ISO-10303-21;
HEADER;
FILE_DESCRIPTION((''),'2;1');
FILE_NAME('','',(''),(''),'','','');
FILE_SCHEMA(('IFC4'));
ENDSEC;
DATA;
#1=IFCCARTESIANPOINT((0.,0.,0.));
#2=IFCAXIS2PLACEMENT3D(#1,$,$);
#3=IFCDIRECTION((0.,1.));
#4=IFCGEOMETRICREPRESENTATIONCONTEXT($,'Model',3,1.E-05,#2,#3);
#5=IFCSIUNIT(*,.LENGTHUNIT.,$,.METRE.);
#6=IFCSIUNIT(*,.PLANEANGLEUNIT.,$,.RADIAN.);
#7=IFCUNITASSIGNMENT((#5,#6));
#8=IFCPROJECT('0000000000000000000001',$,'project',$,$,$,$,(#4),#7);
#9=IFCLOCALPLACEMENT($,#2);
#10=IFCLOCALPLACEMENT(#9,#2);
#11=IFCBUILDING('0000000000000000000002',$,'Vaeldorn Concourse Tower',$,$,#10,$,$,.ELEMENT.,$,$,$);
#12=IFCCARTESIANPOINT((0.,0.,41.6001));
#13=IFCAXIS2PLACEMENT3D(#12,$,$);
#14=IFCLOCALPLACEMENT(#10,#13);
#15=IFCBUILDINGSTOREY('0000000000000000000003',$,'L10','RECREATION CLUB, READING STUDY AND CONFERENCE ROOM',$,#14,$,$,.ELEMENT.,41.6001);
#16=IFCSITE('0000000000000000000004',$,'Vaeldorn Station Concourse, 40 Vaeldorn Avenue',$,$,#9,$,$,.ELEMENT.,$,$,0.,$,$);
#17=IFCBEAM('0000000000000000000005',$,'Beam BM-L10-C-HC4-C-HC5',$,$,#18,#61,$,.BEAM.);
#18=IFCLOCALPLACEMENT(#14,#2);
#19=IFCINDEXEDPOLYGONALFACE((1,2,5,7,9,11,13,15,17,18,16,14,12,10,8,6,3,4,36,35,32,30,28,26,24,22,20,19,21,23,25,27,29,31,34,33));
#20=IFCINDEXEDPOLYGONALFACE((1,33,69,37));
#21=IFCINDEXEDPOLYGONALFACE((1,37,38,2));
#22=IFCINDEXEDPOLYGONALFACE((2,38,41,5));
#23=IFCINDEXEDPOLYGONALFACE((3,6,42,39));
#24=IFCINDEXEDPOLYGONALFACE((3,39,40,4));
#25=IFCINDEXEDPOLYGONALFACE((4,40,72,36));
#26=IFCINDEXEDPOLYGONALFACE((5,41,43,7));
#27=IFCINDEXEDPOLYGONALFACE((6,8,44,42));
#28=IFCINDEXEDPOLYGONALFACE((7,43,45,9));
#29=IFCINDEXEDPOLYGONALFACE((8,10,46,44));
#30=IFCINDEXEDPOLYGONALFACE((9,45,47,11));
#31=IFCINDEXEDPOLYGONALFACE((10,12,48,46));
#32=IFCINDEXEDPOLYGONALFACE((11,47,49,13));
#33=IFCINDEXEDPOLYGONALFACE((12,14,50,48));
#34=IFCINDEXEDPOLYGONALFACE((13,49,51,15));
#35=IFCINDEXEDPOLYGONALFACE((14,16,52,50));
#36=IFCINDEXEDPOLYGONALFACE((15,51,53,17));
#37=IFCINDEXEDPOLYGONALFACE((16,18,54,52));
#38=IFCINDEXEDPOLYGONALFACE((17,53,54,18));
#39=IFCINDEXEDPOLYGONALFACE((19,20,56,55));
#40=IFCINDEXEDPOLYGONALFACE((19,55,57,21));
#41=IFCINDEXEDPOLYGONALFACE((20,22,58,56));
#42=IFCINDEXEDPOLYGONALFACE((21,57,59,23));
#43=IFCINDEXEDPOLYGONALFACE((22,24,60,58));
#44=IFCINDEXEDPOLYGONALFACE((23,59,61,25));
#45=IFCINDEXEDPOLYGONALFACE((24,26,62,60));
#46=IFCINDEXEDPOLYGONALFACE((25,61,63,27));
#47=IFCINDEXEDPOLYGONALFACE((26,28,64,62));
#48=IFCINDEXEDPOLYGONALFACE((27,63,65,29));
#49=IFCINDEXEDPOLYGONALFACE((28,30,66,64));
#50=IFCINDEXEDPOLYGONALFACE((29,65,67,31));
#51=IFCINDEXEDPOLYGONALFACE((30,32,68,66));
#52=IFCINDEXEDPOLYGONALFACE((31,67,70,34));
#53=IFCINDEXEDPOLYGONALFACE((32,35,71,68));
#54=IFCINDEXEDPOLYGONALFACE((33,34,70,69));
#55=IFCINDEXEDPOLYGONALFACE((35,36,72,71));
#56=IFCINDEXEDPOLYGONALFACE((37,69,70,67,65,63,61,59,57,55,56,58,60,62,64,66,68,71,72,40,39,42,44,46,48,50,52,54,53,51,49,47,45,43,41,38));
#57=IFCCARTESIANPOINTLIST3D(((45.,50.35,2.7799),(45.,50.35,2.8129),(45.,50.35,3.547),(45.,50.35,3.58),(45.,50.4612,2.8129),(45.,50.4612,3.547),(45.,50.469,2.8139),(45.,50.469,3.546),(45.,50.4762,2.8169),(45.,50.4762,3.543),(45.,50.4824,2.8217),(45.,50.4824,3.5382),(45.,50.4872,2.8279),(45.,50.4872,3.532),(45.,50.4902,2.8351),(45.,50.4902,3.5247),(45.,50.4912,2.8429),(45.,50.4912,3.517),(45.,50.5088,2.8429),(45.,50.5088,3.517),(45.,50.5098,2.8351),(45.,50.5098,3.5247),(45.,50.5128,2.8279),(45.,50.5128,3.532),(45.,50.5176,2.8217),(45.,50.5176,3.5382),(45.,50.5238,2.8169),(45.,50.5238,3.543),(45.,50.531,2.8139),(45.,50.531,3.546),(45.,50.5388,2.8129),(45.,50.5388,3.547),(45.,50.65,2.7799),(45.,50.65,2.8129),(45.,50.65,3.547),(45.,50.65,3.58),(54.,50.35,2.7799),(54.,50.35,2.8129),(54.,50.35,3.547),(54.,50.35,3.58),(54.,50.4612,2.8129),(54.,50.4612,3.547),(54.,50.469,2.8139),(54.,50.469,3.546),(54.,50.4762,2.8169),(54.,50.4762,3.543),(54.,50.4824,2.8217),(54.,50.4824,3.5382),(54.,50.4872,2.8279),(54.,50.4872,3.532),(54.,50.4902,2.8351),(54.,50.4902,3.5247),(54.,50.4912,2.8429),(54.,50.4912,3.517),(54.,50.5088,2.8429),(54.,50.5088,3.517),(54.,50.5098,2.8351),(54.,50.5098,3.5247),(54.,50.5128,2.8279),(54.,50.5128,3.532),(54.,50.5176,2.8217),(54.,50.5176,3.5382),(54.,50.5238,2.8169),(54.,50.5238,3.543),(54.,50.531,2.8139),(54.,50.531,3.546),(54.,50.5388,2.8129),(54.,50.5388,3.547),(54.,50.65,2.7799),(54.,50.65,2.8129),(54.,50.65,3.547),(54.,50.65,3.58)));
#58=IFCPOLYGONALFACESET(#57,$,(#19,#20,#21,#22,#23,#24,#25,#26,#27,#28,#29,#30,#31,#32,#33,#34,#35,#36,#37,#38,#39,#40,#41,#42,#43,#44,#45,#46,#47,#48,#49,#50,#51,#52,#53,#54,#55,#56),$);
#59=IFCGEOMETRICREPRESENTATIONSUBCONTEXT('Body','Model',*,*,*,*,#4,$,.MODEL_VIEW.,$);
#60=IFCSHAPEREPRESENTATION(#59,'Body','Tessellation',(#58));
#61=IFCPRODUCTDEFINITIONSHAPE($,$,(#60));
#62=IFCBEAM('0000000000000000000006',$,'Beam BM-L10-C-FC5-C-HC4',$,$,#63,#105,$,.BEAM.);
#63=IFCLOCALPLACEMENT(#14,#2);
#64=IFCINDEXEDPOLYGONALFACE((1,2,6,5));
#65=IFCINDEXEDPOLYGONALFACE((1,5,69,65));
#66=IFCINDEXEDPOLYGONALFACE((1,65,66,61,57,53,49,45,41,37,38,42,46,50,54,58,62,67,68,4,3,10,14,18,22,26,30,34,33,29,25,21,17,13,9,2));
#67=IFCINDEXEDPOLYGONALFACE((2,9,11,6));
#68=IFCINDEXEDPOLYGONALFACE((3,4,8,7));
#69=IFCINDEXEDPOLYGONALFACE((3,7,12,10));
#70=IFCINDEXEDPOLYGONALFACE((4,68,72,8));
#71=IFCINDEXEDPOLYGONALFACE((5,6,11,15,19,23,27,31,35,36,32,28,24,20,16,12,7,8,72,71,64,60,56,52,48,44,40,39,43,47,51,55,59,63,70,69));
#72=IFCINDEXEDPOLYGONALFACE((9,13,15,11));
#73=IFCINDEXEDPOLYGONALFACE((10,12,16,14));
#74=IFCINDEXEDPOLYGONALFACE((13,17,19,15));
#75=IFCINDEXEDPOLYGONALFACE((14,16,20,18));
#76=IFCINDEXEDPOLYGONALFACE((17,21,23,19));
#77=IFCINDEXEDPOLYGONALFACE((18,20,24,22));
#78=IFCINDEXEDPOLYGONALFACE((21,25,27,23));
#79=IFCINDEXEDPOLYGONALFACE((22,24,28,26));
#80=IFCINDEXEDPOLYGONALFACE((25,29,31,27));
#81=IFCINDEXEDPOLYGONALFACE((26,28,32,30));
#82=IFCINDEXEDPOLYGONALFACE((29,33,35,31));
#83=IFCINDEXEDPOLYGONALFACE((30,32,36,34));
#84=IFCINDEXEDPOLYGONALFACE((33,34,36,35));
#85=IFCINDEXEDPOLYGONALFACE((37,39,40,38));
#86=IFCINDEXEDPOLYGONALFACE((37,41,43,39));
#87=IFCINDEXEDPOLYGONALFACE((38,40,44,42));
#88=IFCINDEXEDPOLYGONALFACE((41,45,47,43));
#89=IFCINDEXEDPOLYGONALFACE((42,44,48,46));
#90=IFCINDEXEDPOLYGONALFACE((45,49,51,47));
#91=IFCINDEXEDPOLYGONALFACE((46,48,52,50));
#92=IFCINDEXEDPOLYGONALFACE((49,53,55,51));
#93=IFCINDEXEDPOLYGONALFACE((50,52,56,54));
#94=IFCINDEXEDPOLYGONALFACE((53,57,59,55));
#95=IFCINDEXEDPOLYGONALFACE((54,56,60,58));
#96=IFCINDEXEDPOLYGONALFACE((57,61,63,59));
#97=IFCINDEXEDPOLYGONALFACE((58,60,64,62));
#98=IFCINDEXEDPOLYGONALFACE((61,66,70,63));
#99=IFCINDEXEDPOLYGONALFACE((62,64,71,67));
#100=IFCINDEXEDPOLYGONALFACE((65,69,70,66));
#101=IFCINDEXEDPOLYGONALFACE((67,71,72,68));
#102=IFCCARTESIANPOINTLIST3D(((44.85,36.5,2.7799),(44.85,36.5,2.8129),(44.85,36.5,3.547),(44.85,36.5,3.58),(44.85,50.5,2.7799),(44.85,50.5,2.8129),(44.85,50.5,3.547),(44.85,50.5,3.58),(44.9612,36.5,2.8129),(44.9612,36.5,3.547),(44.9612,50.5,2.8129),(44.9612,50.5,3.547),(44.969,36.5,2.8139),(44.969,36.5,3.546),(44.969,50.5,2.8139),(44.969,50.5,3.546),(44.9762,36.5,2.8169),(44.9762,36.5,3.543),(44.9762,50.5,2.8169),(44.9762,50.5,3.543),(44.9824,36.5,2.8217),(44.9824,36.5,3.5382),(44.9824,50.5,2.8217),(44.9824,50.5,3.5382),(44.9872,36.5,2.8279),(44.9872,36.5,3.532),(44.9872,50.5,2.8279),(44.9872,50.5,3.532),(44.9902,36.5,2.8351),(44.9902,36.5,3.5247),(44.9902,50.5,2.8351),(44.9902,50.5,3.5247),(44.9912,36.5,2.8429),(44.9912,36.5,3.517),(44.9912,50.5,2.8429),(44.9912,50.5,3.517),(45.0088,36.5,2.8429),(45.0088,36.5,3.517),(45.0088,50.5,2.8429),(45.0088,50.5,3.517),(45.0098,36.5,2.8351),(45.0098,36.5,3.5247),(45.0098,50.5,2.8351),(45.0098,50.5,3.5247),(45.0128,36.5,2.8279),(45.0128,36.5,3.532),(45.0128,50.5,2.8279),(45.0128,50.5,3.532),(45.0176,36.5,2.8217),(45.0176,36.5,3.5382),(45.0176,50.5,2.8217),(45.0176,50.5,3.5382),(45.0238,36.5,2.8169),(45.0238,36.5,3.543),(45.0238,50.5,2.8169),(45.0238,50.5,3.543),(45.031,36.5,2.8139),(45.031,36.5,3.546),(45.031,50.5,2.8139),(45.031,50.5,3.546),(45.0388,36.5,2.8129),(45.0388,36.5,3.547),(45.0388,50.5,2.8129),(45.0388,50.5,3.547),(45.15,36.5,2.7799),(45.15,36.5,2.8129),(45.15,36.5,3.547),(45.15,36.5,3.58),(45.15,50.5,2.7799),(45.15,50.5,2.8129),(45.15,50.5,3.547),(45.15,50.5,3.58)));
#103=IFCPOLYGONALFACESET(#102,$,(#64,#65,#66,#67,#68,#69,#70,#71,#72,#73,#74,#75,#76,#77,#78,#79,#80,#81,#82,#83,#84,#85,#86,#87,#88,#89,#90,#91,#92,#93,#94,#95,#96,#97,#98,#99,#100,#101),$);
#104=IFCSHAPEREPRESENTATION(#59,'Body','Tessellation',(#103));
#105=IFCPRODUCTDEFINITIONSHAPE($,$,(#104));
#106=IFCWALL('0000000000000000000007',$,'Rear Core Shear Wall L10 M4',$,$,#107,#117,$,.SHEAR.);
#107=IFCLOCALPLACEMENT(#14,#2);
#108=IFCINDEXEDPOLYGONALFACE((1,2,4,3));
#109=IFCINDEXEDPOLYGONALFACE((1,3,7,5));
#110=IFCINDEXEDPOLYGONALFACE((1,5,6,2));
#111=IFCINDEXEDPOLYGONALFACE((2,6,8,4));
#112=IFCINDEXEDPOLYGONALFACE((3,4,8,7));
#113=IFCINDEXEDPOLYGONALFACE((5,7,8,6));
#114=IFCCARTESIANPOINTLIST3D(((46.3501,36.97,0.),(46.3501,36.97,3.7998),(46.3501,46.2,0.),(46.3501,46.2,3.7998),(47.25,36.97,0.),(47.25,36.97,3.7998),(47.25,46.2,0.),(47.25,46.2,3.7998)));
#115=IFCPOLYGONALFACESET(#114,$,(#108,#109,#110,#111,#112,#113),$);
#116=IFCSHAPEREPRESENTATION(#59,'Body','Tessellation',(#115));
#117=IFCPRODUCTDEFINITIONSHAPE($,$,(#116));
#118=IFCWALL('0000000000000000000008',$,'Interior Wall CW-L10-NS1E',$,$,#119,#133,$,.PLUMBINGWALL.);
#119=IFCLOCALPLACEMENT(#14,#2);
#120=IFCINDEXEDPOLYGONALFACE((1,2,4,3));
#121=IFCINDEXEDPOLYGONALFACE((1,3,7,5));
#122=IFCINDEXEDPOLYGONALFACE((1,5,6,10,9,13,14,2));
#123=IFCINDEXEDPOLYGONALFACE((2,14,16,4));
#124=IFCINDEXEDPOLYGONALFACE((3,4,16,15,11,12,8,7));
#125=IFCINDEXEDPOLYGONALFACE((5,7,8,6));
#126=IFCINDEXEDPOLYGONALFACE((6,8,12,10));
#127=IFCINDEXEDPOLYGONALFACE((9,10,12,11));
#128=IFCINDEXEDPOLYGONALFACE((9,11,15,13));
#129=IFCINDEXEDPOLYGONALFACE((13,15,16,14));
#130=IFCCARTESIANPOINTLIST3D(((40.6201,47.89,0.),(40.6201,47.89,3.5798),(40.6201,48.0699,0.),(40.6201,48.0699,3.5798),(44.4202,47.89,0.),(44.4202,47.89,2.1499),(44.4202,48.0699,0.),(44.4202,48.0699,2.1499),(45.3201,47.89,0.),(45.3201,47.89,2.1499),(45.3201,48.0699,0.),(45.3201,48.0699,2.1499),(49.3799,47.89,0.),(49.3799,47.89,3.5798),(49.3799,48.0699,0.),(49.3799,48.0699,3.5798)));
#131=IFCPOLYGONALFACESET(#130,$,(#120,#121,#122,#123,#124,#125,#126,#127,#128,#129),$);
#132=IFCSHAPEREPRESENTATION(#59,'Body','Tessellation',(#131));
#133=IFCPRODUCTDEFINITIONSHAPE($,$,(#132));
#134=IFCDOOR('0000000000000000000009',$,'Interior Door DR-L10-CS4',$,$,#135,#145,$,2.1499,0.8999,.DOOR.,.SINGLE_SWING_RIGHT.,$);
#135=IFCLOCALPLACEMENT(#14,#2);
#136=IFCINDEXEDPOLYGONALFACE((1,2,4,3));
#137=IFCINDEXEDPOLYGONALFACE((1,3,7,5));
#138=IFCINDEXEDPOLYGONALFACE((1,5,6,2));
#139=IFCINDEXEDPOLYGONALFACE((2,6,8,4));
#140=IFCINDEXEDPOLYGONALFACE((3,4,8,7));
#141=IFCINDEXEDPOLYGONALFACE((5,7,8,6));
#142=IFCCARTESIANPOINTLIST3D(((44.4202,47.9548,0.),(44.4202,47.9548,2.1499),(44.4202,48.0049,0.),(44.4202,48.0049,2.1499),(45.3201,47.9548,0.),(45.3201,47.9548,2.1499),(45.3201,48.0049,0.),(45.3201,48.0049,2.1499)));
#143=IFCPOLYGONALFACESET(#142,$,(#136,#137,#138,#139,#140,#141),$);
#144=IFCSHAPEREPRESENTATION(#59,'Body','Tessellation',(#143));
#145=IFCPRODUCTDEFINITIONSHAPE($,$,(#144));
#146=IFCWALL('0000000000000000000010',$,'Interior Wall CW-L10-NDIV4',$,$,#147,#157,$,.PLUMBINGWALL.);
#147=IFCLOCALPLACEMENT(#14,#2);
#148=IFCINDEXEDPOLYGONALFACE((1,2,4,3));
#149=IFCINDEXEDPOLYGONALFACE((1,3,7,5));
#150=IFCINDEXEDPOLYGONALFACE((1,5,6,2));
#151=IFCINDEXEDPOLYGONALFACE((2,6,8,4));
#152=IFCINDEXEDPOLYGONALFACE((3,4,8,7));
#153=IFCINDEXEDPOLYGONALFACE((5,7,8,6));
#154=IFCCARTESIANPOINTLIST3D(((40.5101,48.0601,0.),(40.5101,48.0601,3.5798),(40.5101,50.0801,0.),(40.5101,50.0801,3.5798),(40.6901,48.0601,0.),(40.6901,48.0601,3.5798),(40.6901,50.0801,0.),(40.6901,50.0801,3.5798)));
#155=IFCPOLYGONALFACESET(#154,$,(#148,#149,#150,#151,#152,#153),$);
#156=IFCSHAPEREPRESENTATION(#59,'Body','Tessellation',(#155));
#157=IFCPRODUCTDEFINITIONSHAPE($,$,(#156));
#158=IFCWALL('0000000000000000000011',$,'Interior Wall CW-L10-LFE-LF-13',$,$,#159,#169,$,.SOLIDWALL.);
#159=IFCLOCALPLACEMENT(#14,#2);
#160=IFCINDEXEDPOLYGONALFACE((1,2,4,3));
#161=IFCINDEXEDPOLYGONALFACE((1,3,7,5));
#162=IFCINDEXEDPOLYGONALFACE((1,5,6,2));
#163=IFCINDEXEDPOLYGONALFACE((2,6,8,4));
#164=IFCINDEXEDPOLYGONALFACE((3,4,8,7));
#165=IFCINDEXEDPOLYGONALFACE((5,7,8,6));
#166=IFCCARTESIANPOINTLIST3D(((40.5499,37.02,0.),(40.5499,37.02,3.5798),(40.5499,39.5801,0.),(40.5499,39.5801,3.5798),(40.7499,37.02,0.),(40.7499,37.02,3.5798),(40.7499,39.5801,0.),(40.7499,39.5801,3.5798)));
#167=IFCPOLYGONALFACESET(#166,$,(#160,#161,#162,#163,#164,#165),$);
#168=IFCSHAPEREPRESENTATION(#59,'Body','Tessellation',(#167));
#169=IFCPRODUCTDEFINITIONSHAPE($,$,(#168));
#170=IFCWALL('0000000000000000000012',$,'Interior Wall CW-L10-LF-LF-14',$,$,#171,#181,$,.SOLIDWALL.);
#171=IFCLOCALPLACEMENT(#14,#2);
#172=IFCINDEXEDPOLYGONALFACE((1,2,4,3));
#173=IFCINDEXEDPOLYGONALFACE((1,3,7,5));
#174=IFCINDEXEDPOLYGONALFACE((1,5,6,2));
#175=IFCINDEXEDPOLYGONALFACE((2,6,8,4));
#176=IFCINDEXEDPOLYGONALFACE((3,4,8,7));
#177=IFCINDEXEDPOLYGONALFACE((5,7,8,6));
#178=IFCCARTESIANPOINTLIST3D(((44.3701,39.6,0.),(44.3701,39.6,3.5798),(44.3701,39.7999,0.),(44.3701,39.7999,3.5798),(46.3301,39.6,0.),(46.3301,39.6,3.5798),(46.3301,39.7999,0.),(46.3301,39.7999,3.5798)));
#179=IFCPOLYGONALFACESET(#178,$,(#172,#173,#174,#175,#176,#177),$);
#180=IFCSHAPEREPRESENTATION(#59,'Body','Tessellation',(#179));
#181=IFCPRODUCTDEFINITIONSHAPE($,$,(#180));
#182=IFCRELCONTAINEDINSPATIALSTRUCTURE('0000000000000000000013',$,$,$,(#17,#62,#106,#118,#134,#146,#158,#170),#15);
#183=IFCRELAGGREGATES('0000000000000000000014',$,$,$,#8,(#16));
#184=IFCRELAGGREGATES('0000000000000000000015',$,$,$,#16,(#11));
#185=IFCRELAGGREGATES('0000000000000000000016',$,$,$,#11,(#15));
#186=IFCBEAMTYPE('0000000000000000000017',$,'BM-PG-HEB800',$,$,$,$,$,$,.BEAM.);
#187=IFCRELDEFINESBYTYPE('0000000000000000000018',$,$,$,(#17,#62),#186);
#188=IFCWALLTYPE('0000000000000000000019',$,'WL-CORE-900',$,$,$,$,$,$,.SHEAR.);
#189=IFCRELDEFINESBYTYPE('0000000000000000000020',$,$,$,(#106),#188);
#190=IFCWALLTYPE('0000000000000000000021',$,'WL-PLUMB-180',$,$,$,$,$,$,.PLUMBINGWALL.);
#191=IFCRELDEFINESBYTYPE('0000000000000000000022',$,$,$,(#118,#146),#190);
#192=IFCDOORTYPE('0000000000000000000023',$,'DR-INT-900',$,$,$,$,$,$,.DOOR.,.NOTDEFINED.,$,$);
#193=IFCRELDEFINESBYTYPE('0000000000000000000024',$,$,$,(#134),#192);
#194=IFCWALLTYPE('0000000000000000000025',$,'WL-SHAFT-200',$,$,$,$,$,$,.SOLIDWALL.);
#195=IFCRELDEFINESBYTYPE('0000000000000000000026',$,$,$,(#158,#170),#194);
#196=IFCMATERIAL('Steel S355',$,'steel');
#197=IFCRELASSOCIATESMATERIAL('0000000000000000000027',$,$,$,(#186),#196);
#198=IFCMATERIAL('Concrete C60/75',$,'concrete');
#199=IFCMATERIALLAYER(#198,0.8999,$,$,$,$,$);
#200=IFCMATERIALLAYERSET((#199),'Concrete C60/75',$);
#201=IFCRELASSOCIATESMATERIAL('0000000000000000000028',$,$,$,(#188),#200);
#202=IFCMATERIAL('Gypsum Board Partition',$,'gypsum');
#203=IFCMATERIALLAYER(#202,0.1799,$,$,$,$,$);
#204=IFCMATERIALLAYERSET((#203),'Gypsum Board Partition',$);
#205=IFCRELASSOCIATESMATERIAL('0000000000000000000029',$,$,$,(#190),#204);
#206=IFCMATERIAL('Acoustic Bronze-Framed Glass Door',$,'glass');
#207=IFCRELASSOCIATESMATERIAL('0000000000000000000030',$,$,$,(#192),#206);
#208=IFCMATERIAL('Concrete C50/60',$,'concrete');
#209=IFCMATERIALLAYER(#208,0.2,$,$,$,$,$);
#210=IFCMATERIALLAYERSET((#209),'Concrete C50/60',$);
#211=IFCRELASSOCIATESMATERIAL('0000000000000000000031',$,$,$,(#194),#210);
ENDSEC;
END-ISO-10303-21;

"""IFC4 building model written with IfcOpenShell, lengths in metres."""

from ifc_helpers import new_model, si_unit, direction, frame, frame_2d, origin, origin_2d, place, context, subcontext, project, spatial, rectangle, i_section, extrude, source, transform, mapped, material, layer, layer_set, material_profile, profile_set, type_object, element, fill, save


model = new_model("IFC4")

# Units and contexts
model_context = context("Model", 3, precision=1e-05, world=origin(), true_north=direction((0.0, 1.0)))
body_context = subcontext(model_context, "Body", "Model", "MODEL_VIEW")
ifc_project = project(units=[si_unit("LENGTHUNIT", "METRE"), si_unit("PLANEANGLEUNIT", "RADIAN")], contexts=[model_context])

# Site, building, storey
site_placement = place(None, origin())
site = spatial("IfcSite", under=ifc_project, at=site_placement, Name="Vaeldorn Station Concourse, 40 Vaeldorn Avenue", CompositionType="ELEMENT", RefElevation=0.0)
building_placement = place(site_placement, origin())
building = spatial("IfcBuilding", under=site, at=building_placement, Name="Vaeldorn Concourse Tower", CompositionType="ELEMENT")
storey_placement = place(building_placement, frame((0.0, 0.0, 41.6001)))
storey = spatial("IfcBuildingStorey", under=building, at=storey_placement, Name="L10", Description="RECREATION CLUB, READING STUDY AND CONFERENCE ROOM", CompositionType="ELEMENT", Elevation=41.6001)

# Beams
ifc_material_1 = material(Name="Concrete C60/75", Category="concrete")
ifc_material_2 = material(Name="Steel S355", Category="steel")
ifc_material_profile_1 = material_profile(ifc_material_2, i_section(OverallWidth=0.3, OverallDepth=0.8, WebThickness=0.0176, FlangeThickness=0.033, FilletRadius=0.03, at=origin_2d()), Name="HEB 800")
ifc_profile_set_1 = profile_set([ifc_material_profile_1], Name="Steel S355")
beam_type_1 = type_object("IfcBeamType", Name="BM-PG-HEB800", PredefinedType="BEAM", material=ifc_profile_set_1)
shared_shape_1 = source(origin(), body_context, "Body", "SweptSolid", [
    extrude(i_section(OverallWidth=0.3, OverallDepth=0.8, WebThickness=0.0176, FlangeThickness=0.033, FilletRadius=0.03, at=origin_2d()), origin(), (0.0, 0.0, 1.0), 9.0),
])
beam_1_placement = place(storey_placement, frame((45.0, 50.5, 3.1799), z_axis=(1.0, 0.0, 0.0), x_axis=(0.0, 1.0, 0.0)))
element("IfcBeam", 1, at=beam_1_placement, inside=storey, type_object=beam_type_1, Name="Beam BM-L10-C-HC4-C-HC5", PredefinedType="BEAM", context=body_context, shape_type="MappedRepresentation", body=[
    mapped(shared_shape_1, transform((0.0, 0.0, 0.0), scale=1.0)),
])
shared_shape_2 = source(origin(), body_context, "Body", "SweptSolid", [
    extrude(i_section(OverallWidth=0.3, OverallDepth=0.8, WebThickness=0.0176, FlangeThickness=0.033, FilletRadius=0.03, at=origin_2d()), origin(), (0.0, 0.0, 1.0), 14.0),
])
beam_2_placement = place(storey_placement, frame((45.0, 36.5, 3.1799), z_axis=(0.0, 1.0, 0.0), x_axis=(-1.0, 0.0, 0.0)))
element("IfcBeam", 2, at=beam_2_placement, inside=storey, type_object=beam_type_1, Name="Beam BM-L10-C-FC5-C-HC4", PredefinedType="BEAM", context=body_context, shape_type="MappedRepresentation", body=[
    mapped(shared_shape_2, transform((0.0, 0.0, 0.0), scale=1.0)),
])

# Wall
ifc_layer_1 = layer(ifc_material_1, 0.8999)
ifc_layer_set_1 = layer_set([ifc_layer_1], Name="Concrete C60/75")
wall_type_1 = type_object("IfcWallType", Name="WL-CORE-900", PredefinedType="SHEAR", material=ifc_layer_set_1)
wall_1_placement = place(storey_placement, frame((46.8, 36.97, 0.0), z_axis=(0.0, 0.0, 1.0), x_axis=(0.0, 1.0, 0.0)))
element("IfcWall", 3, at=wall_1_placement, inside=storey, type_object=wall_type_1, Name="Rear Core Shear Wall L10 M4", PredefinedType="SHEAR", context=body_context, shape_type="SweptSolid", body=[
    extrude(rectangle(XDim=9.23, YDim=0.8999, at=frame_2d((4.615, 0.0))), origin(), (0.0, 0.0, 1.0), 3.7998),
])

# Wall, opening, door
ifc_material_3 = material(Name="Gypsum Board Partition", Category="gypsum")
ifc_layer_2 = layer(ifc_material_3, 0.1799)
ifc_layer_set_2 = layer_set([ifc_layer_2], Name="Gypsum Board Partition")
wall_type_2 = type_object("IfcWallType", Name="WL-PLUMB-180", PredefinedType="PLUMBINGWALL", material=ifc_layer_set_2)
wall_2_placement = place(storey_placement, frame((40.6201, 47.98, 0.0), z_axis=(0.0, 0.0, 1.0), x_axis=(1.0, 0.0, 0.0)))
wall_2 = element("IfcWall", 4, at=wall_2_placement, inside=storey, type_object=wall_type_2, Name="Interior Wall CW-L10-NS1E", PredefinedType="PLUMBINGWALL", context=body_context, shape_type="SweptSolid", body=[
    extrude(rectangle(XDim=8.7598, YDim=0.1799, at=frame_2d((4.3799, 0.0))), origin(), (0.0, 0.0, 1.0), 3.5798),
])
opening_1_placement = place(wall_2_placement, frame((3.8, 0.0, 0.0)))
opening_1 = element("IfcOpeningElement", 5, at=opening_1_placement, cuts=wall_2, PredefinedType="OPENING", context=body_context, shape_type="SweptSolid", body=[
    extrude(rectangle(XDim=0.8999, YDim=2.1499, at=frame_2d((0.45, 1.075))), frame((0.0, 0.1001, 0.0), z_axis=(0.0, -1.0, 0.0), x_axis=(1.0, 0.0, 0.0)), (0.0, 0.0, 1.0), 0.2),
])
ifc_material_4 = material(Name="Acoustic Bronze-Framed Glass Door", Category="glass")
door_type_1 = type_object("IfcDoorType", Name="DR-INT-900", OperationType="NOTDEFINED", PredefinedType="DOOR", material=ifc_material_4)
shared_shape_3 = source(origin(), body_context, "Body", "SweptSolid", [
    extrude(rectangle(XDim=0.8999, YDim=2.1499, at=frame_2d((0.45, 1.075))), frame((0.0, 0.0249, 0.0), z_axis=(0.0, -1.0, 0.0), x_axis=(1.0, 0.0, 0.0)), (0.0, 0.0, 1.0), 0.05),
])
door_1_placement = place(opening_1_placement, origin())
door_1 = element("IfcDoor", 6, at=door_1_placement, inside=storey, type_object=door_type_1, Name="Interior Door DR-L10-CS4", OperationType="SINGLE_SWING_RIGHT", OverallHeight=2.1499, OverallWidth=0.8999, PredefinedType="DOOR", context=body_context, shape_type="MappedRepresentation", body=[
    mapped(shared_shape_3, transform((0.0, 0.0, 0.0), scale=1.0)),
])
fill(opening_1, door_1)

# Wall
wall_3_placement = place(storey_placement, frame((40.6001, 48.0601, 0.0), z_axis=(0.0, 0.0, 1.0), x_axis=(0.0, 1.0, 0.0)))
element("IfcWall", 7, at=wall_3_placement, inside=storey, type_object=wall_type_2, Name="Interior Wall CW-L10-NDIV4", PredefinedType="PLUMBINGWALL", context=body_context, shape_type="SweptSolid", body=[
    extrude(rectangle(XDim=2.02, YDim=0.1799, at=frame_2d((1.01, 0.0))), origin(), (0.0, 0.0, 1.0), 3.5798),
])

# Shared definitions
ifc_material_5 = material(Name="Concrete C50/60", Category="concrete")
ifc_layer_3 = layer(ifc_material_5, 0.2)
ifc_layer_set_3 = layer_set([ifc_layer_3], Name="Concrete C50/60")
wall_type_3 = type_object("IfcWallType", Name="WL-SHAFT-200", PredefinedType="SOLIDWALL", material=ifc_layer_set_3)

# Walls
wall_4_placement = place(storey_placement, frame((40.6499, 37.02, 0.0), z_axis=(0.0, 0.0, 1.0), x_axis=(0.0, 1.0, 0.0)))
element("IfcWall", 8, at=wall_4_placement, inside=storey, type_object=wall_type_3, Name="Interior Wall CW-L10-LFE-LF-13", PredefinedType="SOLIDWALL", context=body_context, shape_type="SweptSolid", body=[
    extrude(rectangle(XDim=2.5601, YDim=0.2, at=frame_2d((1.28, 0.0))), origin(), (0.0, 0.0, 1.0), 3.5798),
])
wall_5_placement = place(storey_placement, frame((44.3701, 39.7, 0.0), z_axis=(0.0, 0.0, 1.0), x_axis=(1.0, 0.0, 0.0)))
element("IfcWall", 9, at=wall_5_placement, inside=storey, type_object=wall_type_3, Name="Interior Wall CW-L10-LF-LF-14", PredefinedType="SOLIDWALL", context=body_context, shape_type="SweptSolid", body=[
    extrude(rectangle(XDim=1.96, YDim=0.2, at=frame_2d((0.98, 0.0))), origin(), (0.0, 0.0, 1.0), 3.5798),
])

save(model, "model.ifc")
